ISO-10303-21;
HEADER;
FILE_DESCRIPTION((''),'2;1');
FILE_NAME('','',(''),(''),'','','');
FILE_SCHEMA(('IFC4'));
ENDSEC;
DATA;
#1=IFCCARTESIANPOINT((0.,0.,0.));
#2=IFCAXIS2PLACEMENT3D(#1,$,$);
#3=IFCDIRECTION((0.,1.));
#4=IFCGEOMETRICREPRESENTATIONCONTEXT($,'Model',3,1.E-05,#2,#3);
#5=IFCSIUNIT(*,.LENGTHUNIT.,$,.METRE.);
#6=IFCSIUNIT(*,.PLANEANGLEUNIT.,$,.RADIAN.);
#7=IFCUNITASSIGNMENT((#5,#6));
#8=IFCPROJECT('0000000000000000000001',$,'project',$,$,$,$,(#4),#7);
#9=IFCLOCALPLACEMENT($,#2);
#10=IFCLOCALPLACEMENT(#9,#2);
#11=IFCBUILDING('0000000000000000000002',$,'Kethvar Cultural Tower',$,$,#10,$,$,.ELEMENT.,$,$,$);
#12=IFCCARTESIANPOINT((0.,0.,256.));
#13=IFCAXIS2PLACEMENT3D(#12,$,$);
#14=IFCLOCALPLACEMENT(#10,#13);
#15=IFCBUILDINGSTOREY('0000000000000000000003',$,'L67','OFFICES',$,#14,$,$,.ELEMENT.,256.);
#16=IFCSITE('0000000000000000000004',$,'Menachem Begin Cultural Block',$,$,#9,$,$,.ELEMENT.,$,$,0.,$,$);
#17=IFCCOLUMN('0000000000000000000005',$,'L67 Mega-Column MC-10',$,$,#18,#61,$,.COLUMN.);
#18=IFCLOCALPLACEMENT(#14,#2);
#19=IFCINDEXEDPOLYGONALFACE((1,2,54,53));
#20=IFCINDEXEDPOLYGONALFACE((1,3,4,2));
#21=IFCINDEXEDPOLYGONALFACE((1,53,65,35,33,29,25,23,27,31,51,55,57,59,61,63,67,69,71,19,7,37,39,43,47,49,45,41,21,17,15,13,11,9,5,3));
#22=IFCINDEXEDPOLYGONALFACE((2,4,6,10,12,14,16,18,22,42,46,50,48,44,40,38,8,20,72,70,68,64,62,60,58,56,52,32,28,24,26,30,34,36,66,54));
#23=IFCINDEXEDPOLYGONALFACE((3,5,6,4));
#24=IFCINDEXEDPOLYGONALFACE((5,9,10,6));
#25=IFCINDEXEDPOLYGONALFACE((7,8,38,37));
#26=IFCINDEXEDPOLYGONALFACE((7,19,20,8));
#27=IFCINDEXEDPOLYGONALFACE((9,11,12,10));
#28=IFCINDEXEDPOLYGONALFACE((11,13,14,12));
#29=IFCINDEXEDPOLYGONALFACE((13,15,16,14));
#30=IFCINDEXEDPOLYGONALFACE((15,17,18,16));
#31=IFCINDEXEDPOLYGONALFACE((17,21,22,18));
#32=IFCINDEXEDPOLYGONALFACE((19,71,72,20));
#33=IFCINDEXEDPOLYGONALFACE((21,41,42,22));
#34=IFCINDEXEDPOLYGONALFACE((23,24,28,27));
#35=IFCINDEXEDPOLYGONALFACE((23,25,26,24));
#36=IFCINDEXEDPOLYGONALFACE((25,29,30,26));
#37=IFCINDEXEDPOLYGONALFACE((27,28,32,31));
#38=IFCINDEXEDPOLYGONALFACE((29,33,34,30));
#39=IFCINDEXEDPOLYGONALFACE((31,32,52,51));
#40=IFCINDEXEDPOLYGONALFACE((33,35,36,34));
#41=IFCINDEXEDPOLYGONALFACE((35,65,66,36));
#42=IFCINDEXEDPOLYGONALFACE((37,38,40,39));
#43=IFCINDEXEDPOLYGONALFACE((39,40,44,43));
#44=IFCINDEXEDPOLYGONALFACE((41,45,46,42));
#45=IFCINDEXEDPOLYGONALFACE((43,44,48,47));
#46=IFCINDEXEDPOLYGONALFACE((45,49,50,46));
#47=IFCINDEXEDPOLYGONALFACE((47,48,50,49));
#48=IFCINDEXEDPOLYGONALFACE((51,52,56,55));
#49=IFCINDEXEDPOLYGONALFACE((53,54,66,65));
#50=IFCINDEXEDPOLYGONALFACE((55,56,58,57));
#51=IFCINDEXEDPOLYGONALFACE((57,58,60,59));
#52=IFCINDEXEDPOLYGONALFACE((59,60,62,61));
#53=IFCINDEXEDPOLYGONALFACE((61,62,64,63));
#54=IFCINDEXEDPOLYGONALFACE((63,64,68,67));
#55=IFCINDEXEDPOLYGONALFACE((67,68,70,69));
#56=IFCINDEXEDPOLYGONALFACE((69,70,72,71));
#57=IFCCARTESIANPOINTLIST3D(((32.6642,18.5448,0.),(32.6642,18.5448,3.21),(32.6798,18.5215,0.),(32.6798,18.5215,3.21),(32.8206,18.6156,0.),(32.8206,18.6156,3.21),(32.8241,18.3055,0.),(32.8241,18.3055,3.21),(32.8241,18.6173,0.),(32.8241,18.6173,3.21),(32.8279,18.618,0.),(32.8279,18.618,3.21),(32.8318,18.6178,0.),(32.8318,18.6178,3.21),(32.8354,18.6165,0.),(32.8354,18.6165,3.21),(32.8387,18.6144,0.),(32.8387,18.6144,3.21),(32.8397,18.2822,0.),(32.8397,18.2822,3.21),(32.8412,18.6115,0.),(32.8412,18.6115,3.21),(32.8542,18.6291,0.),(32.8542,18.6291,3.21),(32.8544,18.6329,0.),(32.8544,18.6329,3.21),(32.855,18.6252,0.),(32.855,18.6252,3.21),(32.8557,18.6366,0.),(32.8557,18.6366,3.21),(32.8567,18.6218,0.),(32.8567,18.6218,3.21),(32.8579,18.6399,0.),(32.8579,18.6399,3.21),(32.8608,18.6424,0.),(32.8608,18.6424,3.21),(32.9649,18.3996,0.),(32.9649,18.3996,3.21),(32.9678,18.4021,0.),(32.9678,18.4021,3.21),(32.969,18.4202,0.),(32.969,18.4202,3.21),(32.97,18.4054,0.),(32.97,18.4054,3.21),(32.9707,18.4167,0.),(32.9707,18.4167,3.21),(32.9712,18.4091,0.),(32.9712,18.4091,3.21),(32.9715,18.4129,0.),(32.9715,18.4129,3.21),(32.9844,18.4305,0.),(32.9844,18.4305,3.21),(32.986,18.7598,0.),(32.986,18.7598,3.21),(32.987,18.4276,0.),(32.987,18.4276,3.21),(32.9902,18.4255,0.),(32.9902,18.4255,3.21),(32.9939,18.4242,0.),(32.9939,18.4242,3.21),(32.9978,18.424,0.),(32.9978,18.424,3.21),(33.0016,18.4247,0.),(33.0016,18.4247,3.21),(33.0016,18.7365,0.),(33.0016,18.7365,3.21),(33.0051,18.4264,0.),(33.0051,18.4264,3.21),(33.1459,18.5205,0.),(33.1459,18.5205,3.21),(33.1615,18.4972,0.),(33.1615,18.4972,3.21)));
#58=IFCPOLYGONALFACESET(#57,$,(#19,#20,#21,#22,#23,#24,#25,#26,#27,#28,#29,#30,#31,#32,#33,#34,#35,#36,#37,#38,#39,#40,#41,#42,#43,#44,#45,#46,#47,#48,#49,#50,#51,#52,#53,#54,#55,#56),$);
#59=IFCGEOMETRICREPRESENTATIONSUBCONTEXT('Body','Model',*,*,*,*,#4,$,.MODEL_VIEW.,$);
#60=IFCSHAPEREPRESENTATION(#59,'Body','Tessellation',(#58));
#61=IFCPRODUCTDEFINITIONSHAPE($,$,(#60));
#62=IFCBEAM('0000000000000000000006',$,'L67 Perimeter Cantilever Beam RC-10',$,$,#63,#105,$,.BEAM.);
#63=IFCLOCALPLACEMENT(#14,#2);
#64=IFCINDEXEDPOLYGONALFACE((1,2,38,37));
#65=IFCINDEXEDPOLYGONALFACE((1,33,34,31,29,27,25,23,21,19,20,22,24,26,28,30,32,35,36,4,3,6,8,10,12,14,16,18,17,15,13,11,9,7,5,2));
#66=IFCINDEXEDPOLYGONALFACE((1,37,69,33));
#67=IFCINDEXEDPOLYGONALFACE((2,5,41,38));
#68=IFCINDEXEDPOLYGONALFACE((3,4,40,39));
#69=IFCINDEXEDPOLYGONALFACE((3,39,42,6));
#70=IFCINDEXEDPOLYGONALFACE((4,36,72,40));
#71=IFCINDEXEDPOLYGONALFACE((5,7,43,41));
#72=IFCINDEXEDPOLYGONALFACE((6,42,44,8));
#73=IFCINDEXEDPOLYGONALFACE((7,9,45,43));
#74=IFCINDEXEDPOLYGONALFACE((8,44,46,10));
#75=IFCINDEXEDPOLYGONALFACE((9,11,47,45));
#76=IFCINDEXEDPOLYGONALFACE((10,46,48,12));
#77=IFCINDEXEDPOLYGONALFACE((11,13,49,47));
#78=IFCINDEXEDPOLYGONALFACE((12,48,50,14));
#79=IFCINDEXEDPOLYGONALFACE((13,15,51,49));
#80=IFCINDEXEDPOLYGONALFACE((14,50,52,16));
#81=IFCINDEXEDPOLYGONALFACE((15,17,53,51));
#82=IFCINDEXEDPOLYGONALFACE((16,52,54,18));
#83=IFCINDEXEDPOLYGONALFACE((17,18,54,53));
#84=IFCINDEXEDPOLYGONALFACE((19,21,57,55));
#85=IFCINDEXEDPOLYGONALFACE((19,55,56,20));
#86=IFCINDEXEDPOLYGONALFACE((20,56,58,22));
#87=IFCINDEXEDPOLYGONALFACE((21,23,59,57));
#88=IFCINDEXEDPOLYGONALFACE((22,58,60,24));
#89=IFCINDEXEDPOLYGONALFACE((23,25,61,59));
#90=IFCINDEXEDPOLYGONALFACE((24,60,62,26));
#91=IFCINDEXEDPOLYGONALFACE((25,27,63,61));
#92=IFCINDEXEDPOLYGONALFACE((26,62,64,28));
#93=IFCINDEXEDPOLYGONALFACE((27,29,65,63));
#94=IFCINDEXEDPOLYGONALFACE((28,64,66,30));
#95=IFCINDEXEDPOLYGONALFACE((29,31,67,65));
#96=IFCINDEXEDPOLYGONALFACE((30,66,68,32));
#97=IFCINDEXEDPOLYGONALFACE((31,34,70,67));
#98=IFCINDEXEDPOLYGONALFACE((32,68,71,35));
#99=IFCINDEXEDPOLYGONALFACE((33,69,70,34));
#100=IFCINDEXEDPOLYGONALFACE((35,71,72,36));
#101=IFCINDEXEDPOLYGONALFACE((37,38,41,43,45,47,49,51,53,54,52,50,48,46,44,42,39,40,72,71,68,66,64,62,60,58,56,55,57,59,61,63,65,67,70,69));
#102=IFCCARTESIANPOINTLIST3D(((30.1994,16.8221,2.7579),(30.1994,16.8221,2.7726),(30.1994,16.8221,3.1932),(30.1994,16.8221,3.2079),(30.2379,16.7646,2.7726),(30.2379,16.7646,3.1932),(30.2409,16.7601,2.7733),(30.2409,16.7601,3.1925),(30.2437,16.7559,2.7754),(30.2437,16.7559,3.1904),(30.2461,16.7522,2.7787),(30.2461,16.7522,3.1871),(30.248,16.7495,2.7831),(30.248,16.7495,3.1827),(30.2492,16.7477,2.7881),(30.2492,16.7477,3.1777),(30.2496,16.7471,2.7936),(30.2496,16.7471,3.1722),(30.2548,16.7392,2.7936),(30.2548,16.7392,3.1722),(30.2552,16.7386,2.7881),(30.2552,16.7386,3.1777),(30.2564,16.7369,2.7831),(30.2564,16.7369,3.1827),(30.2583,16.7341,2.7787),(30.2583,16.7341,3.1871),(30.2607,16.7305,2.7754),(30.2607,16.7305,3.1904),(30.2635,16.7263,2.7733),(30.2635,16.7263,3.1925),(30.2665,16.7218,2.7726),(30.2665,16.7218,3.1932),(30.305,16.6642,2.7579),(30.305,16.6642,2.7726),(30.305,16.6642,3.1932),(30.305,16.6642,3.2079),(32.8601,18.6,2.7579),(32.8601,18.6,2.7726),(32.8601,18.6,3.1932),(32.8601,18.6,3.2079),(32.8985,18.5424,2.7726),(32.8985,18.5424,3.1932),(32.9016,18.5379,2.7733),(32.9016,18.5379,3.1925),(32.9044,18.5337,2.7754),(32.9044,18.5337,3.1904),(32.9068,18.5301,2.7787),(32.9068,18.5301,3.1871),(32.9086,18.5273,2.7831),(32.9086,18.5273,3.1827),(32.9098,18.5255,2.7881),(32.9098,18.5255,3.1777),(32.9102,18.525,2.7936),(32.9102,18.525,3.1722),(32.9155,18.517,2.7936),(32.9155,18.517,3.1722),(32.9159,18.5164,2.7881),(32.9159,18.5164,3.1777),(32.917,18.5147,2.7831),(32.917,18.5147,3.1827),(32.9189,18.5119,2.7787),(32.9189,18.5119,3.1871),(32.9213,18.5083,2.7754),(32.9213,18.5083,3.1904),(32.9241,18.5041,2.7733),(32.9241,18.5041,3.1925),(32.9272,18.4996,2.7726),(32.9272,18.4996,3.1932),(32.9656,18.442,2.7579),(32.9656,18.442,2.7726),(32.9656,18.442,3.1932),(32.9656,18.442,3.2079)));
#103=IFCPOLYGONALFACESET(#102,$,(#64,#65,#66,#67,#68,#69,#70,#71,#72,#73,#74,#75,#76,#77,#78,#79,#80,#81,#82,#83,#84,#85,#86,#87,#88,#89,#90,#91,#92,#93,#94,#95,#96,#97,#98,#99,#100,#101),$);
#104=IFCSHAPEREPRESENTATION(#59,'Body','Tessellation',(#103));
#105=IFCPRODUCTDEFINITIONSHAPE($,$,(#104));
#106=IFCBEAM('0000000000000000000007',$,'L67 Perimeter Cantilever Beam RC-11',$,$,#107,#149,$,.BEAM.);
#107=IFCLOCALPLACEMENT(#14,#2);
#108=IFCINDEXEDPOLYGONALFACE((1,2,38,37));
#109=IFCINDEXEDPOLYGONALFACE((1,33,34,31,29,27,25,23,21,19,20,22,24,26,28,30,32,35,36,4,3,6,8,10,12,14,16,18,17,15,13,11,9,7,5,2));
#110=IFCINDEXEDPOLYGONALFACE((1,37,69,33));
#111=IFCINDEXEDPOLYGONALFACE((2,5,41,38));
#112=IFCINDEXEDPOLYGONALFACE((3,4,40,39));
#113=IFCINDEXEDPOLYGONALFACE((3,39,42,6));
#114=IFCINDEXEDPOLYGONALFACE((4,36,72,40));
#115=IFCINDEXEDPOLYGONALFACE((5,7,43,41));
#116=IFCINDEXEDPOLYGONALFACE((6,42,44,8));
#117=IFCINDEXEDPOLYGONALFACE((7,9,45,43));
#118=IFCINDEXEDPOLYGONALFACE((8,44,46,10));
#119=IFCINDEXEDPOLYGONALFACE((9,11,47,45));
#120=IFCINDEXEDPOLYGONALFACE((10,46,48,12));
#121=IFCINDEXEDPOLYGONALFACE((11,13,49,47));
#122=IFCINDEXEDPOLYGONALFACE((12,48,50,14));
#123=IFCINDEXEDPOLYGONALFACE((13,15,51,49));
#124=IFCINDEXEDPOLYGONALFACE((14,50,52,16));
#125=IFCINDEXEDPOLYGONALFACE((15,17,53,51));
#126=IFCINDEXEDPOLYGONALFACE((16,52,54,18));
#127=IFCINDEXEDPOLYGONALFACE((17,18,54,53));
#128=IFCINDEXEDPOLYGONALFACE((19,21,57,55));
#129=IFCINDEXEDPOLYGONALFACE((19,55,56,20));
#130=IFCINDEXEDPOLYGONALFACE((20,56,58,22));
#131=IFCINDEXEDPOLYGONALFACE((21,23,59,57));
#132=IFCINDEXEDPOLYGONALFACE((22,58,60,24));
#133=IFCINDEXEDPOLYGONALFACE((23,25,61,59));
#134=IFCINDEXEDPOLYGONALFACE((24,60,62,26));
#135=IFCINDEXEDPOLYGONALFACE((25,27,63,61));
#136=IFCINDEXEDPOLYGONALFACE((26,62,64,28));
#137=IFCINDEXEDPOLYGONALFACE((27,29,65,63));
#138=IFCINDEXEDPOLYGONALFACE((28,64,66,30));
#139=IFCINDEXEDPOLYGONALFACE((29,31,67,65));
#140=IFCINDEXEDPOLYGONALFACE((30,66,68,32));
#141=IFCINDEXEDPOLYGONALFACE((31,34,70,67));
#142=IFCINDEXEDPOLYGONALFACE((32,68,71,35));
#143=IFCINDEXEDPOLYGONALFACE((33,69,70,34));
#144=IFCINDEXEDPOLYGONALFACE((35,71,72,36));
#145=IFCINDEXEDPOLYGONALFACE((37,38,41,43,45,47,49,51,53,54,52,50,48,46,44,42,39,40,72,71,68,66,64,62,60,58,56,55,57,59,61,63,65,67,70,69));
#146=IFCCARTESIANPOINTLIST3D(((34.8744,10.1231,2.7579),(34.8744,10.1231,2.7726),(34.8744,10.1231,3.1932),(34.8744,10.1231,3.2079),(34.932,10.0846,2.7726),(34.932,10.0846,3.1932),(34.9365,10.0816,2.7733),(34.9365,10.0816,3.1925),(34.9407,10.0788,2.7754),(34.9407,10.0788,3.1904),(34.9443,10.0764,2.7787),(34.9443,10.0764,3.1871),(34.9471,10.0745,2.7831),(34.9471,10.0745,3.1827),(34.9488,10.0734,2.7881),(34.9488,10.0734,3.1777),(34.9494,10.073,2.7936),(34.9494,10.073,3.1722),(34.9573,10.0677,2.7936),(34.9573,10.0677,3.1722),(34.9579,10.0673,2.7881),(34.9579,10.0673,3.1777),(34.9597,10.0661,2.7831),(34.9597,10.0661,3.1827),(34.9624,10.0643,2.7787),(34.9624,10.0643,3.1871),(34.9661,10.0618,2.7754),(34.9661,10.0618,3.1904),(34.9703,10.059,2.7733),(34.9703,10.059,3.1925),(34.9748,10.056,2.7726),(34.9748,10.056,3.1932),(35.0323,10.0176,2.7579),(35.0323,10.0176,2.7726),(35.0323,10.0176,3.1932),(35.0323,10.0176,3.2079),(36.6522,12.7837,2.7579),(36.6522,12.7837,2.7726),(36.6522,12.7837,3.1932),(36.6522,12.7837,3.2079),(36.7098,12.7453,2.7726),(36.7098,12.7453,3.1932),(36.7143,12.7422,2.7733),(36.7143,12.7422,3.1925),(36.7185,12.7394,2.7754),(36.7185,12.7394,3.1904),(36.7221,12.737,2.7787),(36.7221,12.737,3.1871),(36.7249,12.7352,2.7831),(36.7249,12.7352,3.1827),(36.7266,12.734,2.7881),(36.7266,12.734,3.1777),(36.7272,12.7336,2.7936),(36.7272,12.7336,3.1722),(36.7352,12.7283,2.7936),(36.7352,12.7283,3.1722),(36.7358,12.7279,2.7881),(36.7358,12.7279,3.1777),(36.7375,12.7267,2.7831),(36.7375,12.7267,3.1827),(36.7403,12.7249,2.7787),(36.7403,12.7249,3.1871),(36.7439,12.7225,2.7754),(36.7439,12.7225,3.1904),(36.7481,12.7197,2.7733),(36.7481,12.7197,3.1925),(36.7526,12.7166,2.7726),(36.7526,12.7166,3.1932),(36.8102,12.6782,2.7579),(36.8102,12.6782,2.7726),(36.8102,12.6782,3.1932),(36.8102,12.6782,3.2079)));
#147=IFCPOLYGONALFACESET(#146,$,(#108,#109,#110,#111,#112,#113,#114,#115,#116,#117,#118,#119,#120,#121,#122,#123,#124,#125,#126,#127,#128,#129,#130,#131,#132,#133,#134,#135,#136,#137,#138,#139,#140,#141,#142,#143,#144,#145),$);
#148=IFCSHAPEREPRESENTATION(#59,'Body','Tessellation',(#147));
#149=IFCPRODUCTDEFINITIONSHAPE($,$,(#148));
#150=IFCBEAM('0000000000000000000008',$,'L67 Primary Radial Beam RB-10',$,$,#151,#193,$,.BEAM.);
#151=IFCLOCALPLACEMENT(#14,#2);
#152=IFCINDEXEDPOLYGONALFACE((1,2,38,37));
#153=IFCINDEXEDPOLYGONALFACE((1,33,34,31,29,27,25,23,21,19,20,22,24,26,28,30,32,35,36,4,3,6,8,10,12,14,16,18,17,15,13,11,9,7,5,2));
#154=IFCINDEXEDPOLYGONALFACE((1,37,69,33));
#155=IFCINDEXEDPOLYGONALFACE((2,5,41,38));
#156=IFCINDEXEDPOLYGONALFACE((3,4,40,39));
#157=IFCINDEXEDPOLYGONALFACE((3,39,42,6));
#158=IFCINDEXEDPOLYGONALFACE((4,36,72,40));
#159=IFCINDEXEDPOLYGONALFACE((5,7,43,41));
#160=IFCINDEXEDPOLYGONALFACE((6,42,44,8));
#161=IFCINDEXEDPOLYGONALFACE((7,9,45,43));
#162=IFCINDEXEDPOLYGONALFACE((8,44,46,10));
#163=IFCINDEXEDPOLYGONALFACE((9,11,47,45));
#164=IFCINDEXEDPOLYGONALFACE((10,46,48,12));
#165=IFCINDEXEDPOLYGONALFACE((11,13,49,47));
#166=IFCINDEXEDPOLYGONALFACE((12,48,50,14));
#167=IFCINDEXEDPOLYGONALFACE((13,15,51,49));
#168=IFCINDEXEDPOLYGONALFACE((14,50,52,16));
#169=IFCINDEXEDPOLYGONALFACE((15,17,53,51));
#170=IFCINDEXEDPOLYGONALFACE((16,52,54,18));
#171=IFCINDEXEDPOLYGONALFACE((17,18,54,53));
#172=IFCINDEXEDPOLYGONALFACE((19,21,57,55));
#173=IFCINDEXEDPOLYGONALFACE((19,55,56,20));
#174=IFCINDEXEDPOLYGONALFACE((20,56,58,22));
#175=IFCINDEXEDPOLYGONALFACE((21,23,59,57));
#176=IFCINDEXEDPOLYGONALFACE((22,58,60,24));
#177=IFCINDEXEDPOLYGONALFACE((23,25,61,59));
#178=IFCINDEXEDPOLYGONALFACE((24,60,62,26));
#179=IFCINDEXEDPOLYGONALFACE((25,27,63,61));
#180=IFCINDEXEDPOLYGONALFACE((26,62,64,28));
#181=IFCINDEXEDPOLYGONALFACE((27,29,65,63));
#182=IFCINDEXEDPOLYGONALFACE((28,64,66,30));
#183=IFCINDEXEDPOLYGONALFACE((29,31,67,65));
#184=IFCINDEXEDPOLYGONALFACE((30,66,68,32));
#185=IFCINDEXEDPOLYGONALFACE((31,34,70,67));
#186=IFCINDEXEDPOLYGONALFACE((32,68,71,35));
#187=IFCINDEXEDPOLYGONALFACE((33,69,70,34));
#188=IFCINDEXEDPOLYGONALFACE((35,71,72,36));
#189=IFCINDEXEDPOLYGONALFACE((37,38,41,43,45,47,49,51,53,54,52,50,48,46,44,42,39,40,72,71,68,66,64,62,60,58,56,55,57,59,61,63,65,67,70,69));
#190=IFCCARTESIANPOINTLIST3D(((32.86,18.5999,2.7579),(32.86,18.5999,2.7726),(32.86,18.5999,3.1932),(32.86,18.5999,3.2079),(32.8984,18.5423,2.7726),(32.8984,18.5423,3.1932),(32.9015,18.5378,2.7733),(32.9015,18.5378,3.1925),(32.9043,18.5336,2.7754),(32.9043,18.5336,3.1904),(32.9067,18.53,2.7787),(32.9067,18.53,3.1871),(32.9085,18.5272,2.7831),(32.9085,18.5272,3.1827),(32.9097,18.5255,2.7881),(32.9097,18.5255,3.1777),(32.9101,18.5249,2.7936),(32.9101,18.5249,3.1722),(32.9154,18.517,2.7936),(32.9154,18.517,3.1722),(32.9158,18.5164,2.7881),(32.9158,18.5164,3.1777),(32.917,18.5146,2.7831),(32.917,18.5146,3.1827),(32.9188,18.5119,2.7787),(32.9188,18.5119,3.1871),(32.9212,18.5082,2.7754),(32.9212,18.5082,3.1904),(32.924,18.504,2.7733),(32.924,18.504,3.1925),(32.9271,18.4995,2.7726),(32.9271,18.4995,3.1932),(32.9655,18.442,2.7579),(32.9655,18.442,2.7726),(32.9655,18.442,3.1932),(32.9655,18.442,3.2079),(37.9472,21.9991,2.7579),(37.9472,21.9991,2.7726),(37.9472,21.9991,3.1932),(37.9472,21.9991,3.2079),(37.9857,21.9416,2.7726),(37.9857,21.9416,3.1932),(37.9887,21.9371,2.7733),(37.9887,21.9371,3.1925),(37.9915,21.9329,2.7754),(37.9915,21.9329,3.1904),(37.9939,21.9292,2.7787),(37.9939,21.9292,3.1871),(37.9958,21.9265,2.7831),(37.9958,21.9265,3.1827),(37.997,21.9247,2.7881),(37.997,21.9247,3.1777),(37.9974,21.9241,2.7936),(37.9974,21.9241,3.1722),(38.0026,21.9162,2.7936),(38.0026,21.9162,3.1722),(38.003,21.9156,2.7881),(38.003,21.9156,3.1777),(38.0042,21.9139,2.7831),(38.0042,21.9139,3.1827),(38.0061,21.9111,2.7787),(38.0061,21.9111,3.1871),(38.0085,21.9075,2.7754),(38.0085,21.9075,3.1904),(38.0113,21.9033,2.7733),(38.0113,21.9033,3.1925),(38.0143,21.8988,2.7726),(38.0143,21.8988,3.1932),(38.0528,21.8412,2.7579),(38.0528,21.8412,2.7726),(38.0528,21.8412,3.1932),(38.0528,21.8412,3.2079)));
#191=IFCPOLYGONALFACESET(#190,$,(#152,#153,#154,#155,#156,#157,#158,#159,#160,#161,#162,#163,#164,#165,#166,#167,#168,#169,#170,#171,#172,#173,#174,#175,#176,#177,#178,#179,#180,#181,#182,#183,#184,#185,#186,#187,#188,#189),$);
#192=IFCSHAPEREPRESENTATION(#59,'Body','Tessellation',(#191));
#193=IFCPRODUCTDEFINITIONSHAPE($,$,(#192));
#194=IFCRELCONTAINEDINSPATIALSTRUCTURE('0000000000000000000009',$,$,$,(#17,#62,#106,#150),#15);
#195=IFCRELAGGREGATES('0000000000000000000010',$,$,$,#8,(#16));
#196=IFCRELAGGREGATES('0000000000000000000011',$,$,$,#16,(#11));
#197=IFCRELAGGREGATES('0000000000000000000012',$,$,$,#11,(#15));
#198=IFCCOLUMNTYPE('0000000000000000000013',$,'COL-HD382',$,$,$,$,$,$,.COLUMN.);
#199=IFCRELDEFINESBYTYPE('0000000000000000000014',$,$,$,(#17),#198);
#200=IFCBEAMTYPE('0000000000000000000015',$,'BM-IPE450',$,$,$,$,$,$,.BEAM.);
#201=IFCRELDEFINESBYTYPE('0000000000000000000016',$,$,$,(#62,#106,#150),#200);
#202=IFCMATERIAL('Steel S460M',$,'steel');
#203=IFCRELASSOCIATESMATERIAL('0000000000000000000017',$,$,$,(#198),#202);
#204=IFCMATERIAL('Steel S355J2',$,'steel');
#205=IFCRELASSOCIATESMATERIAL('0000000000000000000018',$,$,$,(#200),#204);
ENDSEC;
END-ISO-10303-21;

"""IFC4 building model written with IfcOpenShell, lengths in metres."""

from ifc_helpers import new_model, si_unit, direction, frame, origin, origin_2d, place, context, subcontext, project, spatial, i_section, extrude, source, transform, mapped, material, material_profile, profile_set, type_object, element, save


model = new_model("IFC4")

# Units and contexts
model_context = context("Model", 3, precision=1e-05, world=origin(), true_north=direction((0.0, 1.0)))
body_context = subcontext(model_context, "Body", "Model", "MODEL_VIEW")
ifc_project = project(units=[si_unit("LENGTHUNIT", "METRE"), si_unit("PLANEANGLEUNIT", "RADIAN")], contexts=[model_context])

# Site, building, storey
site_placement = place(None, origin())
site = spatial("IfcSite", under=ifc_project, at=site_placement, Name="Menachem Begin Cultural Block", CompositionType="ELEMENT", RefElevation=0.0)
building_placement = place(site_placement, origin())
building = spatial("IfcBuilding", under=site, at=building_placement, Name="Kethvar Cultural Tower", CompositionType="ELEMENT")
storey_placement = place(building_placement, frame((0.0, 0.0, 256.0)))
storey = spatial("IfcBuildingStorey", under=building, at=storey_placement, Name="L67", Description="OFFICES", CompositionType="ELEMENT", Elevation=256.0)

# Column
ifc_material_1 = material(Name="Steel S460M", Category="steel")
ifc_material_profile_1 = material_profile(ifc_material_1, i_section(OverallWidth=0.387, OverallDepth=0.3159, WebThickness=0.0186, FlangeThickness=0.0281, FilletRadius=0.0149, at=origin_2d()), Name="Steel S460M — HD400x382")
ifc_profile_set_1 = profile_set([ifc_material_profile_1], Name="Steel S460M — HD400x382")
column_type = type_object("IfcColumnType", Name="COL-HD382", PredefinedType="COLUMN", material=ifc_profile_set_1)
shared_shape_1 = source(origin(), body_context, "Body", "SweptSolid", [
    extrude(i_section(OverallWidth=0.387, OverallDepth=0.3159, WebThickness=0.0186, FlangeThickness=0.0281, FilletRadius=0.0149, at=origin_2d()), origin(), (0.0, 0.0, 1.0), 3.21),
])
column_placement = place(storey_placement, frame((32.9128, 18.521, 0.0), z_axis=(0.0, 0.0, 1.0), x_axis=(-0.83147, -0.55557, 0.0)))
element("IfcColumn", 1, at=column_placement, inside=storey, type_object=column_type, Name="L67 Mega-Column MC-10", PredefinedType="COLUMN", context=body_context, shape_type="MappedRepresentation", body=[
    mapped(shared_shape_1, transform((0.0, 0.0, 0.0), scale=1.0)),
])

# Beams
ifc_material_2 = material(Name="Steel S355J2", Category="steel")
ifc_material_profile_2 = material_profile(ifc_material_2, i_section(OverallWidth=0.1899, OverallDepth=0.45, WebThickness=0.0095, FlangeThickness=0.0146, FilletRadius=0.021, at=origin_2d()), Name="Steel S355J2 — IPE450")
ifc_profile_set_2 = profile_set([ifc_material_profile_2], Name="Steel S355J2 — IPE450")
beam_type_1 = type_object("IfcBeamType", Name="BM-IPE450", PredefinedType="BEAM", material=ifc_profile_set_2)
shared_shape_2 = source(origin(), body_context, "Body", "SweptSolid", [
    extrude(i_section(OverallWidth=0.1899, OverallDepth=0.45, WebThickness=0.0095, FlangeThickness=0.0146, FilletRadius=0.021, at=origin_2d()), origin(), (0.0, 0.0, 1.0), 3.2),
])
for number, where, z_axis, x_axis, name in (
    (2, (32.9128, 18.521, 2.9829), (-0.831463, -0.55558, 0.0), (0.55558, -0.831463, 0.0), "L67 Perimeter Cantilever Beam RC-10"),
    (3, (36.7312, 12.731, 2.9829), (-0.55558, -0.831463, 0.0), (0.831463, -0.55558, 0.0), "L67 Perimeter Cantilever Beam RC-11"),
):
    element("IfcBeam", number, at=place(storey_placement, frame(where, z_axis=z_axis, x_axis=x_axis)), inside=storey, type_object=beam_type_1, Name=name, PredefinedType="BEAM", context=body_context, shape_type="MappedRepresentation", body=[
        mapped(shared_shape_2, transform((0.0, 0.0, 0.0), scale=1.0)),
    ])
shared_shape_3 = source(origin(), body_context, "Body", "SweptSolid", [
    extrude(i_section(OverallWidth=0.1899, OverallDepth=0.45, WebThickness=0.0095, FlangeThickness=0.0146, FilletRadius=0.021, at=origin_2d()), origin(), (0.0, 0.0, 1.0), 6.1184),
])
beam_1_placement = place(storey_placement, frame((38.0, 21.9202, 2.9829), z_axis=(-0.831467, -0.555575, 0.0), x_axis=(0.555575, -0.831467, 0.0)))
element("IfcBeam", 4, at=beam_1_placement, inside=storey, type_object=beam_type_1, Name="L67 Primary Radial Beam RB-10", PredefinedType="BEAM", context=body_context, shape_type="MappedRepresentation", body=[
    mapped(shared_shape_3, transform((0.0, 0.0, 0.0), scale=1.0)),
])

save(model, "model.ifc")
